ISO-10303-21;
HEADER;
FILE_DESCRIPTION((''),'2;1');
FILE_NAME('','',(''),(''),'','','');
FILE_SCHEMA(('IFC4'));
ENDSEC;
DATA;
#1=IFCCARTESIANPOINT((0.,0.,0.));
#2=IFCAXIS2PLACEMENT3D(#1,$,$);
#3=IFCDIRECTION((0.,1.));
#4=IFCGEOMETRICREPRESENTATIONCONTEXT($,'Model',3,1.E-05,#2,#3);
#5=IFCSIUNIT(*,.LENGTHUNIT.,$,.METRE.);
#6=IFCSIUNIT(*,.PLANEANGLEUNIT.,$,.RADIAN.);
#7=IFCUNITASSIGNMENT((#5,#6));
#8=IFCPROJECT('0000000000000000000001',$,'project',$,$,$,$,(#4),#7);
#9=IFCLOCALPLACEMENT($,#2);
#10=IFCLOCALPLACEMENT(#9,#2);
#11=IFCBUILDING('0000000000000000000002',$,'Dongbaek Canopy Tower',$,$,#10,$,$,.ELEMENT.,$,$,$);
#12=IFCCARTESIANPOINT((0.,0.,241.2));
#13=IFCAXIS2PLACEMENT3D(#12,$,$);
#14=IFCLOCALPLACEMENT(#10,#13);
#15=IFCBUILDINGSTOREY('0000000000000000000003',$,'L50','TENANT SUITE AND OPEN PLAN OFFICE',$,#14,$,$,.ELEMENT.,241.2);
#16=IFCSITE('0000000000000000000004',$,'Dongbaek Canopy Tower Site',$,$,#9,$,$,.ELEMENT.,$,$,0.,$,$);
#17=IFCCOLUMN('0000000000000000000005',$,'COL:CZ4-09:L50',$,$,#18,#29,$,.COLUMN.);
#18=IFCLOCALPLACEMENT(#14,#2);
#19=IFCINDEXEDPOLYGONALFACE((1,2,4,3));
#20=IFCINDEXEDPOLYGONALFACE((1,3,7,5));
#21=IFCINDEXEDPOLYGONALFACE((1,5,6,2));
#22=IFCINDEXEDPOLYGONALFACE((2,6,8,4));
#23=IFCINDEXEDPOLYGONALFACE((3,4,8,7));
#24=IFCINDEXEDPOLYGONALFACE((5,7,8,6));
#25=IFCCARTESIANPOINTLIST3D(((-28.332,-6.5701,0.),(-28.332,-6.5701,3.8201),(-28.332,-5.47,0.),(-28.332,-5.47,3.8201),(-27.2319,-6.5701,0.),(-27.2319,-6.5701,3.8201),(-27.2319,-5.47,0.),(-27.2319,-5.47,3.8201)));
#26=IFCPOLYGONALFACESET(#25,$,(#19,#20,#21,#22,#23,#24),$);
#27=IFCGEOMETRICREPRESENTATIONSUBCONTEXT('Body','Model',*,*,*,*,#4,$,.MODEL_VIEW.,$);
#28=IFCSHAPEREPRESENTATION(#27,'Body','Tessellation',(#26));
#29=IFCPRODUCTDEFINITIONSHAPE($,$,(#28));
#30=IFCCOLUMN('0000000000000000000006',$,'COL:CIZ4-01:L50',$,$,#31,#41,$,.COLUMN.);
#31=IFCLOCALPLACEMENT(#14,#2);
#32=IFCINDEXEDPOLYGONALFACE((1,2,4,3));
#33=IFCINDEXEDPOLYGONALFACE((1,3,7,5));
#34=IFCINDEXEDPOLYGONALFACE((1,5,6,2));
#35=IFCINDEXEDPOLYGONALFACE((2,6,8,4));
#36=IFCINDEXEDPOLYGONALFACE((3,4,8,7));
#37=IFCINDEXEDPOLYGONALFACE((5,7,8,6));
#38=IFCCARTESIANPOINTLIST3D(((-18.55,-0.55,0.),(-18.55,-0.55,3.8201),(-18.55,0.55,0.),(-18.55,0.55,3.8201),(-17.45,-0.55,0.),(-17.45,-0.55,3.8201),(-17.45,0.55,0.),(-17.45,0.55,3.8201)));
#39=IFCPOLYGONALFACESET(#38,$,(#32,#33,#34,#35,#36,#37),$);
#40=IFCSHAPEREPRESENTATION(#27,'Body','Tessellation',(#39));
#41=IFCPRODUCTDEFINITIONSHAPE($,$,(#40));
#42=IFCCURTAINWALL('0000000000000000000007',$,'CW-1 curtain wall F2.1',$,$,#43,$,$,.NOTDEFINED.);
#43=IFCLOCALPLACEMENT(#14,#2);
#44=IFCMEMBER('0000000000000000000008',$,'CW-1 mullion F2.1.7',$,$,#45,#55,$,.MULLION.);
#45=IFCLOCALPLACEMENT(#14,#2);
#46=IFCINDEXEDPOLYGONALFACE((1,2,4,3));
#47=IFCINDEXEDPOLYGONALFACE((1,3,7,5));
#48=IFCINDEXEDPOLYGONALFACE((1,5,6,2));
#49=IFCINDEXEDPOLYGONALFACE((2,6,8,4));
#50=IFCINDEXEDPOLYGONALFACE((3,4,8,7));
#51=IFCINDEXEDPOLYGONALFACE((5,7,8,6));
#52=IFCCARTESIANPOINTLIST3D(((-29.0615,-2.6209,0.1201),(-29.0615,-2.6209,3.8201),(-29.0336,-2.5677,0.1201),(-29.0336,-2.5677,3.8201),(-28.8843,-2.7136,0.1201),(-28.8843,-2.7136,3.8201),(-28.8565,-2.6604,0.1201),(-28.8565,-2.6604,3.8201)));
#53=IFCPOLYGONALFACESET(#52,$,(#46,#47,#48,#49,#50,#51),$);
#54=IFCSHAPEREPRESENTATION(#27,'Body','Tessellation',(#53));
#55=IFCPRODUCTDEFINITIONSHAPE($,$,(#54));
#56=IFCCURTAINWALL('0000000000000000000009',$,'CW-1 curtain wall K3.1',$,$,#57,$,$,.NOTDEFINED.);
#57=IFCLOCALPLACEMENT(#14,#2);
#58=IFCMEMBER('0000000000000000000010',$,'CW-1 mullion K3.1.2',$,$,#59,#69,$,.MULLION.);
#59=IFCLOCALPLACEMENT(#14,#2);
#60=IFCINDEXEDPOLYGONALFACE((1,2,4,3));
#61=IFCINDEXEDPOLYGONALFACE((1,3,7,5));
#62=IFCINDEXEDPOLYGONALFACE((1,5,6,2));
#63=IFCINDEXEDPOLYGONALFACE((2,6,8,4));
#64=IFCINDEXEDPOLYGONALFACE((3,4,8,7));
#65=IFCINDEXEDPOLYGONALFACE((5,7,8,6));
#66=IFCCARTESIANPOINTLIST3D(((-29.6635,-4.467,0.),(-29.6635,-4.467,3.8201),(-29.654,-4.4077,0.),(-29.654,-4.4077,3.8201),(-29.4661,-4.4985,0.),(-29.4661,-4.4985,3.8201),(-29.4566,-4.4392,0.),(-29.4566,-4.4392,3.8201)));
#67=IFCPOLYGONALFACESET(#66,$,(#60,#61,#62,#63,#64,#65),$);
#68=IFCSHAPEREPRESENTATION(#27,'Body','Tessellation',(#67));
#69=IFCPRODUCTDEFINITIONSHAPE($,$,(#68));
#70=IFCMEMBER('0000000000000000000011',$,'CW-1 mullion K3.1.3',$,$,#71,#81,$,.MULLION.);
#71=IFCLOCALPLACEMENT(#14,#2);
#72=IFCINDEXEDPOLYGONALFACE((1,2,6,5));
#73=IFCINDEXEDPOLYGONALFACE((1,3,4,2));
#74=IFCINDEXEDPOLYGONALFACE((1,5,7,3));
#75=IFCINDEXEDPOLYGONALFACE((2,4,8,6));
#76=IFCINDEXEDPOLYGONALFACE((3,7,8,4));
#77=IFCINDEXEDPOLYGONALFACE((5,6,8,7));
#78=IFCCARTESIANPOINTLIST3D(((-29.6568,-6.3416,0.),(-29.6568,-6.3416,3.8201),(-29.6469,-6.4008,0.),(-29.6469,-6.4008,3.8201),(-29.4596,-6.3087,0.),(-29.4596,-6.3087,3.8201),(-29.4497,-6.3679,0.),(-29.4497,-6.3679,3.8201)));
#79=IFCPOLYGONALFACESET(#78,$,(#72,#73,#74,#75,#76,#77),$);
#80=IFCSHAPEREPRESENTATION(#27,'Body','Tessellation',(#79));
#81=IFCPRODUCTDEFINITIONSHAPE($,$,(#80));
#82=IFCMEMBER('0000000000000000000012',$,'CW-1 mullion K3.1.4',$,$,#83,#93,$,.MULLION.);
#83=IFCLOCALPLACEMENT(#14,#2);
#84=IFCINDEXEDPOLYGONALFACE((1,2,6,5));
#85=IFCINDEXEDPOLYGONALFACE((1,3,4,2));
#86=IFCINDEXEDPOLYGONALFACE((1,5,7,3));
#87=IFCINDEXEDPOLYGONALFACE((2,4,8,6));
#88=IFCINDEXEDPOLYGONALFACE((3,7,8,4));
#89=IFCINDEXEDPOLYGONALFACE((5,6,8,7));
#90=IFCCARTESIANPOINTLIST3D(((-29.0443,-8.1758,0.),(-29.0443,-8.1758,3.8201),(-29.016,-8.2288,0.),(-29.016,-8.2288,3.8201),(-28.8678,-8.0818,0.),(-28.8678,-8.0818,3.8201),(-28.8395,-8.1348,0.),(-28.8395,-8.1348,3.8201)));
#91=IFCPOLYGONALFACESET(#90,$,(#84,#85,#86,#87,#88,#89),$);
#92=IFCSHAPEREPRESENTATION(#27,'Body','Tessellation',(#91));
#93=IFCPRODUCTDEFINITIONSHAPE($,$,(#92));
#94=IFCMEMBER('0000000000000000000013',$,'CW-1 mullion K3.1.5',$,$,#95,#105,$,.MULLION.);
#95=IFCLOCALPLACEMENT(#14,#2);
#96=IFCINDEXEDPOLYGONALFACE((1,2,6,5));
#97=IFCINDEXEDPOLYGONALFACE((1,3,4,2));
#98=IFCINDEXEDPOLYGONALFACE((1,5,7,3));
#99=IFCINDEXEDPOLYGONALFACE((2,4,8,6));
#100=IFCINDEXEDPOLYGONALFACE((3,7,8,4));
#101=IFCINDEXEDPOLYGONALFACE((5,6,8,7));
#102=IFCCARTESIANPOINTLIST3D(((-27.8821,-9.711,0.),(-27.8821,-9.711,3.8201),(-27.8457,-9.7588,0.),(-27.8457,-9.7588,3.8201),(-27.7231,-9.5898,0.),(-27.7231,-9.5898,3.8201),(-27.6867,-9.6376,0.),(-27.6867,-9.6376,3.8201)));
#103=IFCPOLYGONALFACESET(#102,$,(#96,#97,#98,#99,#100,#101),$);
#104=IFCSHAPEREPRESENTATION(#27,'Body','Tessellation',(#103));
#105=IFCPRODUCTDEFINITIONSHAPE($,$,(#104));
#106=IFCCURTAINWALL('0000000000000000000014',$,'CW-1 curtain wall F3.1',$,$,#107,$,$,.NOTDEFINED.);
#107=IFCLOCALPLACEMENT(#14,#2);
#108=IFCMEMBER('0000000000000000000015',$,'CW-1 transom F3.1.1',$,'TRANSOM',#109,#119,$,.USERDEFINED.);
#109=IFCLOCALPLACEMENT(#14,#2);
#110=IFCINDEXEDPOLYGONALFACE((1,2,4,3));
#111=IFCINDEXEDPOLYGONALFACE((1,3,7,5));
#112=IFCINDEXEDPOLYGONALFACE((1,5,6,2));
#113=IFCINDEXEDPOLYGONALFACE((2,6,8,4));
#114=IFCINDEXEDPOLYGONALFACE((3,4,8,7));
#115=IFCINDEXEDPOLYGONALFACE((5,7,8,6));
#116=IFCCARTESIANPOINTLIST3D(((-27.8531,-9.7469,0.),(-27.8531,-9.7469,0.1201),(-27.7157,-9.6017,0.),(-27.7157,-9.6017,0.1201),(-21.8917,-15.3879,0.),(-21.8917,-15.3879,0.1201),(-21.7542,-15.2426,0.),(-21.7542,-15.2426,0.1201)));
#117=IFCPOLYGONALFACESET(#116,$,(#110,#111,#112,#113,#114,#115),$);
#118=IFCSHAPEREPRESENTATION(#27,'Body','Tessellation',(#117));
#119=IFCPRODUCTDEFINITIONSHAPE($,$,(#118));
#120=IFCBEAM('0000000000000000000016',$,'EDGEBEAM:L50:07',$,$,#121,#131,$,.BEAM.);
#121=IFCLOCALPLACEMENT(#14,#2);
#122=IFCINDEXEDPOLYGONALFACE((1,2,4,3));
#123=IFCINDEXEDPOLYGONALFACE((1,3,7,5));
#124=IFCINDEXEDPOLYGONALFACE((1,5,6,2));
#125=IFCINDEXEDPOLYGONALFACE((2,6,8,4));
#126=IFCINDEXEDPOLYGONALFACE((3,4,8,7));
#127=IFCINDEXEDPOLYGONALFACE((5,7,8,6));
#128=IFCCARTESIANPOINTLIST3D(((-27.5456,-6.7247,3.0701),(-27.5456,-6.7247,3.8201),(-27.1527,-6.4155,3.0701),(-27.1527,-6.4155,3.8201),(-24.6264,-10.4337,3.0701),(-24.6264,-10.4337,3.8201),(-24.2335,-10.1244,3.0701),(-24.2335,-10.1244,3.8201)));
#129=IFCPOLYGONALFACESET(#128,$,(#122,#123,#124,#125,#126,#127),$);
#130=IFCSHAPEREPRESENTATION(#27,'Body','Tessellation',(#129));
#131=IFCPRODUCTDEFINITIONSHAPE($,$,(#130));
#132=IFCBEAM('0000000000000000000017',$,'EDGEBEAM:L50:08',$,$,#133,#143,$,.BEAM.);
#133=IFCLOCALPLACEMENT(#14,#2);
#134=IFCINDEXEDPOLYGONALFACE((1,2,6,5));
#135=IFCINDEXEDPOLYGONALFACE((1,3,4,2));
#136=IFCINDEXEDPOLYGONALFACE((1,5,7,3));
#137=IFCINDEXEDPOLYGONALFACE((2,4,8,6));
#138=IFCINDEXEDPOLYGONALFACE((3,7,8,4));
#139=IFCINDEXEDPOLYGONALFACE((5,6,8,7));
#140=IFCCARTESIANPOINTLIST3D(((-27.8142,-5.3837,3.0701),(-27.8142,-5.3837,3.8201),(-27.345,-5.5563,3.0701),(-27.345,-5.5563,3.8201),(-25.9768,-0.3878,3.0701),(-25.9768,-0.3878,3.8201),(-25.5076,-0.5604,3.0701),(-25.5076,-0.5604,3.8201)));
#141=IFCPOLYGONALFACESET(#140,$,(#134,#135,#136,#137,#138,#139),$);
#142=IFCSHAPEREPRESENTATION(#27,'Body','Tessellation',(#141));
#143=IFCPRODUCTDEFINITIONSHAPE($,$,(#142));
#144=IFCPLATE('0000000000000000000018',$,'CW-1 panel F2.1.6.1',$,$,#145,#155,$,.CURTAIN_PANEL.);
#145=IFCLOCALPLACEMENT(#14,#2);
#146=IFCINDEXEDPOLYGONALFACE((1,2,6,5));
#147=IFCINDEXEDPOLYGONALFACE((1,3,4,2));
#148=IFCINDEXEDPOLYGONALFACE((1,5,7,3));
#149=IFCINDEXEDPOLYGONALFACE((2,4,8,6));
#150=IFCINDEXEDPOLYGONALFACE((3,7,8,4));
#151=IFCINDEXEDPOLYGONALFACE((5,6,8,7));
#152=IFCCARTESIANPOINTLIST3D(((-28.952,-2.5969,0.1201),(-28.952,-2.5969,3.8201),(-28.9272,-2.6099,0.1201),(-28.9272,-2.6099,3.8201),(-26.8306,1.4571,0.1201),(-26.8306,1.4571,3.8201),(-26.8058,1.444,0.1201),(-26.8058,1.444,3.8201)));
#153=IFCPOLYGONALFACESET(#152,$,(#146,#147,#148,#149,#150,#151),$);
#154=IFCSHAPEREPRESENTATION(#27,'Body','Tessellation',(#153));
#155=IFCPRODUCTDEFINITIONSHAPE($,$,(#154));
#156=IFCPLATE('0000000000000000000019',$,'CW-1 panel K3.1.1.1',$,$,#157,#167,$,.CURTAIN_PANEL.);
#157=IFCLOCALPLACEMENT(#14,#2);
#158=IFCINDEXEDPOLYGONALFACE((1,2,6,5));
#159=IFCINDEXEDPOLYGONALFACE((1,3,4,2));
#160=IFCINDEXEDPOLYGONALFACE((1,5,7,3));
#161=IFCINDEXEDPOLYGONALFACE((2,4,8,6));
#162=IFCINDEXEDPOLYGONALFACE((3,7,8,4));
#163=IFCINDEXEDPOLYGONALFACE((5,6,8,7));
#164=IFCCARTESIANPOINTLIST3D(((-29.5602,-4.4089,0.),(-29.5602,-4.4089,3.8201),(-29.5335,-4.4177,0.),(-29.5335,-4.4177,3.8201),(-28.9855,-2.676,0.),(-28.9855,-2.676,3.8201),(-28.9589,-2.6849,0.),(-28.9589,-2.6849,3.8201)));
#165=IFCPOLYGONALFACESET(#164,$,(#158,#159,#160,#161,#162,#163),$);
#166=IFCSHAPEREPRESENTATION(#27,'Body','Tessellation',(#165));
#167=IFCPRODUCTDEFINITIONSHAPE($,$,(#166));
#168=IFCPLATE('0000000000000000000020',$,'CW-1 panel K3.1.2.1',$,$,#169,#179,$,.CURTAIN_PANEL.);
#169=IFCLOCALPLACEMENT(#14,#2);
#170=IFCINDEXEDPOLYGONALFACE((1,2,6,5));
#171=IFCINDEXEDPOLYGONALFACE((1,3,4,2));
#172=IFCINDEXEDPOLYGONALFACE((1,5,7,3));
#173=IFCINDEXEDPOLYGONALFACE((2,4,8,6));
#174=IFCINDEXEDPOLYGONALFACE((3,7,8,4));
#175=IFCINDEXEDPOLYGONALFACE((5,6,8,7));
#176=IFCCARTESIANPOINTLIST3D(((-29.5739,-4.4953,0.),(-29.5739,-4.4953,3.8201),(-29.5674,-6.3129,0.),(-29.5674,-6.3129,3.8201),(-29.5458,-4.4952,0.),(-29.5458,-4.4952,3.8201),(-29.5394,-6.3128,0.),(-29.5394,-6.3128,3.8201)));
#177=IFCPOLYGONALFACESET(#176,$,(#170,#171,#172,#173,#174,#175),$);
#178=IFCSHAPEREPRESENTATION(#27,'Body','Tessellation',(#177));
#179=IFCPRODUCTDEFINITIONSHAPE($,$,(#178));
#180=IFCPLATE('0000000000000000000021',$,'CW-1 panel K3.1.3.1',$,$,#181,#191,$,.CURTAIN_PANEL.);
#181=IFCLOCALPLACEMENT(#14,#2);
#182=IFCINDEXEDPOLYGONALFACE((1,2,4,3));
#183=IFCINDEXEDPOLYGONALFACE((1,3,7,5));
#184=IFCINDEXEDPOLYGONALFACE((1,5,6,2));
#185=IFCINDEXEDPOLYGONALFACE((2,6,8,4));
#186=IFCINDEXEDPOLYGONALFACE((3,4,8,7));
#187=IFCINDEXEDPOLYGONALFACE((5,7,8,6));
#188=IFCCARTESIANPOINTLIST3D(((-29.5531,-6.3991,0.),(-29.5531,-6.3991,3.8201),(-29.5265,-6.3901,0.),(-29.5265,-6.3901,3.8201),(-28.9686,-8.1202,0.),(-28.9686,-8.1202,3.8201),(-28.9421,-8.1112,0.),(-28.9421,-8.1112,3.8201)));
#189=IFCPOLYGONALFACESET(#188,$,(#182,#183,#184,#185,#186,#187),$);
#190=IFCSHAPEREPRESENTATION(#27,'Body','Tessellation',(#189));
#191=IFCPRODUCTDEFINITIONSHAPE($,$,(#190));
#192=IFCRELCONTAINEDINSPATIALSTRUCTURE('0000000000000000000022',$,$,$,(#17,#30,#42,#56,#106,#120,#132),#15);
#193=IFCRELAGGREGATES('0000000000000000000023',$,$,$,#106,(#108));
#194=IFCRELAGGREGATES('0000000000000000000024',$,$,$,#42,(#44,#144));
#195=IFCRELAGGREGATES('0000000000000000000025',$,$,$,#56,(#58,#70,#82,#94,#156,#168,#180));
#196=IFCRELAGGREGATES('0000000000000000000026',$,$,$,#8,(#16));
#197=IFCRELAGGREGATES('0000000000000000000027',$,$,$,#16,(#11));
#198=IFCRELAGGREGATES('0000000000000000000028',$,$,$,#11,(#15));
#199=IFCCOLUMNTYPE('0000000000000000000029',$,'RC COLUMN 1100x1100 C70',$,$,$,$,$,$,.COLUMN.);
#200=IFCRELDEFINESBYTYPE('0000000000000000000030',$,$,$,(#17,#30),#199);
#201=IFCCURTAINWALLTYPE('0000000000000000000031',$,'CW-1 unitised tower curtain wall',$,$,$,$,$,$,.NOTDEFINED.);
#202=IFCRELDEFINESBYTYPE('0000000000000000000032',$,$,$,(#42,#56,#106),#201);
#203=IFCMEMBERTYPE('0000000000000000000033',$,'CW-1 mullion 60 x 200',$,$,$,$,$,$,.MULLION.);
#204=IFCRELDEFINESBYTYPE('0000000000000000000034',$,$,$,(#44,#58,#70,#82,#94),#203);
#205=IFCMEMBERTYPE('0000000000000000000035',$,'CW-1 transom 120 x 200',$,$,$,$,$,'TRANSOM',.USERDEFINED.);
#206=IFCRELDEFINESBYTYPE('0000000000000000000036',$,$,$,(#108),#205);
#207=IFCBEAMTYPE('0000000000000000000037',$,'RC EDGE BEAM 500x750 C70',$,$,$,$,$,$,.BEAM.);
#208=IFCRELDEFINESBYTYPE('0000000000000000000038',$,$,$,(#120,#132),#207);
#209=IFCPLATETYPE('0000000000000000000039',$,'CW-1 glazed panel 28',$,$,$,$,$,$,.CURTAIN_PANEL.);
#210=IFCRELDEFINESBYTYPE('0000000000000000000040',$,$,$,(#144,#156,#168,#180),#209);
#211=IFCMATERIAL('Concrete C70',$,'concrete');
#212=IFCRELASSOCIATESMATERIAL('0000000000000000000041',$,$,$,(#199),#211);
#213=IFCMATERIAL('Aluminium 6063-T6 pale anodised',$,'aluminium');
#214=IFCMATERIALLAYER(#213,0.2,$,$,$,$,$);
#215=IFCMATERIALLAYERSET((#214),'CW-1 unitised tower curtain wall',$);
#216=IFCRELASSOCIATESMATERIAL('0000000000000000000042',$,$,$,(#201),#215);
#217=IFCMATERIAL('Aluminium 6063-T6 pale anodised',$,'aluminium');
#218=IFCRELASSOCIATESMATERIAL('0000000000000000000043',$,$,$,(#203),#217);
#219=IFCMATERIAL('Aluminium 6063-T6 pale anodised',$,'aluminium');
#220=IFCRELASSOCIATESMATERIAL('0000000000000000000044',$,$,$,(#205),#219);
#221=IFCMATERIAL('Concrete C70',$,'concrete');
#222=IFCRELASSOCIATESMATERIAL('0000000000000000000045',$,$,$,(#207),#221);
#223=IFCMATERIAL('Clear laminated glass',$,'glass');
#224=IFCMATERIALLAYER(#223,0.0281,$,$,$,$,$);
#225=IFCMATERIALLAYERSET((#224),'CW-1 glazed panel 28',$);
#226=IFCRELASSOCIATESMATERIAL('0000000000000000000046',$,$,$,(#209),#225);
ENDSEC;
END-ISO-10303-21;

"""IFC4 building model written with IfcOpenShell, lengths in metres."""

from ifc_helpers import new_model, si_unit, direction, frame, origin, origin_2d, place, context, subcontext, project, spatial, rectangle, extrude, material, layer, layer_set, material_profile, profile_set, type_object, element, aggregate, save


model = new_model("IFC4")

# Units and contexts
model_context = context("Model", 3, precision=1e-05, world=origin(), true_north=direction((0.0, 1.0)))
body_context = subcontext(model_context, "Body", "Model", "MODEL_VIEW")
ifc_project = project(units=[si_unit("LENGTHUNIT", "METRE"), si_unit("PLANEANGLEUNIT", "RADIAN")], contexts=[model_context])

# Site, building, storey
site_placement = place(None, origin())
site = spatial("IfcSite", under=ifc_project, at=site_placement, Name="Dongbaek Canopy Tower Site", CompositionType="ELEMENT", RefElevation=0.0)
building_placement = place(site_placement, origin())
building = spatial("IfcBuilding", under=site, at=building_placement, Name="Dongbaek Canopy Tower", CompositionType="ELEMENT")
storey_placement = place(building_placement, frame((0.0, 0.0, 241.2)))
storey = spatial("IfcBuildingStorey", under=building, at=storey_placement, Name="L50", Description="TENANT SUITE AND OPEN PLAN OFFICE", CompositionType="ELEMENT", Elevation=241.2)

# Columns
ifc_material_1 = material(Name="Concrete C70", Category="concrete")
ifc_material_profile_1 = material_profile(ifc_material_1, rectangle(XDim=1.1001, YDim=1.1001, at=origin_2d()), Name="RC COLUMN 1100x1100 C70")
ifc_profile_set_1 = profile_set([ifc_material_profile_1], Name="Concrete C70")
column_type = type_object("IfcColumnType", Name="RC COLUMN 1100x1100 C70", PredefinedType="COLUMN", material=ifc_profile_set_1)
for number, where, z_axis, x_axis, name in (
    (1, (-27.782, -6.02, 0.0), (0.0, 0.0, 1.0), (1.0, 0.0, 0.0), "COL:CZ4-09:L50"),
    (2, (-18.0, 0.0, 0.0), (0.0, 0.0, 1.0), (1.0, 0.0, 0.0), "COL:CIZ4-01:L50"),
):
    element("IfcColumn", number, at=place(storey_placement, frame(where, z_axis=z_axis, x_axis=x_axis)), inside=storey, type_object=column_type, Name=name, PredefinedType="COLUMN", context=body_context, shape_type="SweptSolid", body=[
        extrude(rectangle(XDim=1.1001, YDim=1.1001, at=origin_2d()), origin(), (0.0, 0.0, 1.0), 3.8201),
    ])

# Curtain wall, member
ifc_material_2 = material(Name="Aluminium 6063-T6 pale anodised", Category="aluminium")
ifc_layer_1 = layer(ifc_material_2, 0.2)
ifc_layer_set_1 = layer_set([ifc_layer_1], Name="CW-1 unitised tower curtain wall")
curtain_wall_type = type_object("IfcCurtainWallType", Name="CW-1 unitised tower curtain wall", PredefinedType="NOTDEFINED", material=ifc_layer_set_1)
curtain_wall_1_placement = place(storey_placement, origin())
curtain_wall_1 = element("IfcCurtainWall", 3, at=curtain_wall_1_placement, inside=storey, type_object=curtain_wall_type, Name="CW-1 curtain wall F2.1", PredefinedType="NOTDEFINED")
ifc_material_3 = material(Name="Aluminium 6063-T6 pale anodised", Category="aluminium")
ifc_material_profile_2 = material_profile(ifc_material_3, rectangle(XDim=0.2, YDim=0.0601, at=origin_2d()), Name="CW-1 mullion 60 x 200")
ifc_profile_set_2 = profile_set([ifc_material_profile_2], Name="Aluminium 6063-T6 pale anodised")
member_type_1 = type_object("IfcMemberType", Name="CW-1 mullion 60 x 200", PredefinedType="MULLION", material=ifc_profile_set_2)
member_1_placement = place(storey_placement, frame((-28.959, -2.6406, 0.1201), z_axis=(0.0, 0.0, 1.0), x_axis=(-0.886019, 0.463649, 0.0)))
member_1 = element("IfcMember", 4, at=member_1_placement, type_object=member_type_1, Name="CW-1 mullion F2.1.7", PredefinedType="MULLION", context=body_context, shape_type="SweptSolid", body=[
    extrude(rectangle(XDim=0.2, YDim=0.0601, at=origin_2d()), origin(), (0.0, 0.0, 1.0), 3.7),
])

# Curtain wall, members
curtain_wall_2_placement = place(storey_placement, origin())
curtain_wall_2 = element("IfcCurtainWall", 5, at=curtain_wall_2_placement, inside=storey, type_object=curtain_wall_type, Name="CW-1 curtain wall K3.1", PredefinedType="NOTDEFINED")
member_2_placement = place(storey_placement, frame((-29.5601, -4.4531, 0.0), z_axis=(0.0, 0.0, 1.0), x_axis=(-0.987493, 0.157665, 0.0)))
member_2 = element("IfcMember", 6, at=member_2_placement, type_object=member_type_1, Name="CW-1 mullion K3.1.2", PredefinedType="MULLION", context=body_context, shape_type="SweptSolid", body=[
    extrude(rectangle(XDim=0.2, YDim=0.0601, at=origin_2d()), origin(), (0.0, 0.0, 1.0), 3.8201),
])
member_3_placement = place(storey_placement, frame((-29.5532, -6.3547, 0.0), z_axis=(0.0, 0.0, 1.0), x_axis=(-0.986343, -0.164704, 0.0)))
member_3 = element("IfcMember", 7, at=member_3_placement, type_object=member_type_1, Name="CW-1 mullion K3.1.3", PredefinedType="MULLION", context=body_context, shape_type="SweptSolid", body=[
    extrude(rectangle(XDim=0.2, YDim=0.0601, at=origin_2d()), origin(), (0.0, 0.0, 1.0), 3.8201),
])
member_4_placement = place(storey_placement, frame((-28.9419, -8.1553, 0.0), z_axis=(0.0, 0.0, 1.0), x_axis=(-0.88269, -0.469956, 0.0)))
member_4 = element("IfcMember", 8, at=member_4_placement, type_object=member_type_1, Name="CW-1 mullion K3.1.4", PredefinedType="MULLION", context=body_context, shape_type="SweptSolid", body=[
    extrude(rectangle(XDim=0.2, YDim=0.0601, at=origin_2d()), origin(), (0.0, 0.0, 1.0), 3.8201),
])
member_5_placement = place(storey_placement, frame((-27.7844, -9.6743, 0.0), z_axis=(0.0, 0.0, 1.0), x_axis=(-0.795398, -0.606088, 0.0)))
member_5 = element("IfcMember", 9, at=member_5_placement, type_object=member_type_1, Name="CW-1 mullion K3.1.5", PredefinedType="MULLION", context=body_context, shape_type="SweptSolid", body=[
    extrude(rectangle(XDim=0.2, YDim=0.0601, at=origin_2d()), origin(), (0.0, 0.0, 1.0), 3.8201),
])

# Curtain wall, member
curtain_wall_3_placement = place(storey_placement, origin())
curtain_wall_3 = element("IfcCurtainWall", 10, at=curtain_wall_3_placement, inside=storey, type_object=curtain_wall_type, Name="CW-1 curtain wall F3.1", PredefinedType="NOTDEFINED")
ifc_material_4 = material(Name="Aluminium 6063-T6 pale anodised", Category="aluminium")
ifc_material_profile_3 = material_profile(ifc_material_4, rectangle(XDim=0.2, YDim=0.1201, at=origin_2d()), Name="CW-1 transom 120 x 200")
ifc_profile_set_3 = profile_set([ifc_material_profile_3], Name="Aluminium 6063-T6 pale anodised")
member_type_2 = type_object("IfcMemberType", Name="CW-1 transom 120 x 200", ElementType="TRANSOM", PredefinedType="USERDEFINED", material=ifc_profile_set_3)
member_6_placement = place(storey_placement, frame((-27.7844, -9.6743, 0.0601), z_axis=(0.726366, -0.687308, 0.0), x_axis=(0.687308, 0.726366, 0.0)))
member_6 = element("IfcMember", 11, at=member_6_placement, type_object=member_type_2, Name="CW-1 transom F3.1.1", ObjectType="TRANSOM", PredefinedType="USERDEFINED", context=body_context, shape_type="SweptSolid", body=[
    extrude(rectangle(XDim=0.2, YDim=0.1201, at=origin_2d()), origin(), (0.0, 0.0, 1.0), 8.2073),
])
aggregate(curtain_wall_3, [member_6])

# Beams
ifc_material_5 = material(Name="Concrete C70", Category="concrete")
ifc_material_profile_4 = material_profile(ifc_material_5, rectangle(XDim=0.5, YDim=0.75, at=origin_2d()), Name="RC EDGE BEAM 500x750 C70")
ifc_profile_set_4 = profile_set([ifc_material_profile_4], Name="Concrete C70")
beam_type = type_object("IfcBeamType", Name="RC EDGE BEAM 500x750 C70", PredefinedType="BEAM", material=ifc_profile_set_4)
beam_1_placement = place(storey_placement, frame((-24.4299, -10.2791, 3.4451), z_axis=(-0.618475, 0.785805, 0.0), x_axis=(-0.785805, -0.618475, 0.0)))
element("IfcBeam", 12, at=beam_1_placement, inside=storey, type_object=beam_type, Name="EDGEBEAM:L50:07", PredefinedType="BEAM", context=body_context, shape_type="SweptSolid", body=[
    extrude(rectangle(XDim=0.5, YDim=0.75, at=origin_2d()), origin(), (0.0, 0.0, 1.0), 4.72),
])
beam_2_placement = place(storey_placement, frame((-27.5796, -5.47, 3.4451), z_axis=(0.34518, 0.938536, 0.0), x_axis=(-0.938536, 0.34518, 0.0)))
element("IfcBeam", 13, at=beam_2_placement, inside=storey, type_object=beam_type, Name="EDGEBEAM:L50:08", PredefinedType="BEAM", context=body_context, shape_type="SweptSolid", body=[
    extrude(rectangle(XDim=0.5, YDim=0.75, at=origin_2d()), origin(), (0.0, 0.0, 1.0), 5.323),
])

# Plates
ifc_material_6 = material(Name="Clear laminated glass", Category="glass")
ifc_layer_2 = layer(ifc_material_6, 0.0281)
ifc_layer_set_2 = layer_set([ifc_layer_2], Name="CW-1 glazed panel 28")
plate_type = type_object("IfcPlateType", Name="CW-1 glazed panel 28", PredefinedType="CURTAIN_PANEL", material=ifc_layer_set_2)
plate_1_placement = place(storey_placement, frame((-27.8789, -0.5764, 0.1201), z_axis=(0.0, 0.0, 1.0), x_axis=(-0.463649, -0.886019, 0.0)))
plate_1 = element("IfcPlate", 14, at=plate_1_placement, type_object=plate_type, Name="CW-1 panel F2.1.6.1", PredefinedType="CURTAIN_PANEL", context=body_context, shape_type="SweptSolid", body=[
    extrude(rectangle(XDim=4.5754, YDim=0.0281, at=origin_2d()), origin(), (0.0, 0.0, 1.0), 3.7),
])
plate_2_placement = place(storey_placement, frame((-29.2595, -3.5469, 0.0), z_axis=(0.0, 0.0, 1.0), x_axis=(-0.314773, -0.949167, 0.0)))
plate_2 = element("IfcPlate", 15, at=plate_2_placement, type_object=plate_type, Name="CW-1 panel K3.1.1.1", PredefinedType="CURTAIN_PANEL", context=body_context, shape_type="SweptSolid", body=[
    extrude(rectangle(XDim=1.8257, YDim=0.0281, at=origin_2d()), origin(), (0.0, 0.0, 1.0), 3.8201),
])
plate_3_placement = place(storey_placement, frame((-29.5566, -5.4041, 0.0), z_axis=(0.0, 0.0, 1.0), x_axis=(0.003566, -0.999994, 0.0)))
plate_3 = element("IfcPlate", 16, at=plate_3_placement, type_object=plate_type, Name="CW-1 panel K3.1.2.1", PredefinedType="CURTAIN_PANEL", context=body_context, shape_type="SweptSolid", body=[
    extrude(rectangle(XDim=1.8176, YDim=0.0281, at=origin_2d()), origin(), (0.0, 0.0, 1.0), 3.8201),
])
plate_4_placement = place(storey_placement, frame((-29.2476, -7.2551, 0.0), z_axis=(0.0, 0.0, 1.0), x_axis=(0.321534, -0.946898, 0.0)))
plate_4 = element("IfcPlate", 17, at=plate_4_placement, type_object=plate_type, Name="CW-1 panel K3.1.3.1", PredefinedType="CURTAIN_PANEL", context=body_context, shape_type="SweptSolid", body=[
    extrude(rectangle(XDim=1.8176, YDim=0.0281, at=origin_2d()), origin(), (0.0, 0.0, 1.0), 3.8201),
])

aggregate(curtain_wall_1, [member_1, plate_1])
aggregate(curtain_wall_2, [member_2, member_3, member_4, member_5, plate_2, plate_3, plate_4])

save(model, "model.ifc")
